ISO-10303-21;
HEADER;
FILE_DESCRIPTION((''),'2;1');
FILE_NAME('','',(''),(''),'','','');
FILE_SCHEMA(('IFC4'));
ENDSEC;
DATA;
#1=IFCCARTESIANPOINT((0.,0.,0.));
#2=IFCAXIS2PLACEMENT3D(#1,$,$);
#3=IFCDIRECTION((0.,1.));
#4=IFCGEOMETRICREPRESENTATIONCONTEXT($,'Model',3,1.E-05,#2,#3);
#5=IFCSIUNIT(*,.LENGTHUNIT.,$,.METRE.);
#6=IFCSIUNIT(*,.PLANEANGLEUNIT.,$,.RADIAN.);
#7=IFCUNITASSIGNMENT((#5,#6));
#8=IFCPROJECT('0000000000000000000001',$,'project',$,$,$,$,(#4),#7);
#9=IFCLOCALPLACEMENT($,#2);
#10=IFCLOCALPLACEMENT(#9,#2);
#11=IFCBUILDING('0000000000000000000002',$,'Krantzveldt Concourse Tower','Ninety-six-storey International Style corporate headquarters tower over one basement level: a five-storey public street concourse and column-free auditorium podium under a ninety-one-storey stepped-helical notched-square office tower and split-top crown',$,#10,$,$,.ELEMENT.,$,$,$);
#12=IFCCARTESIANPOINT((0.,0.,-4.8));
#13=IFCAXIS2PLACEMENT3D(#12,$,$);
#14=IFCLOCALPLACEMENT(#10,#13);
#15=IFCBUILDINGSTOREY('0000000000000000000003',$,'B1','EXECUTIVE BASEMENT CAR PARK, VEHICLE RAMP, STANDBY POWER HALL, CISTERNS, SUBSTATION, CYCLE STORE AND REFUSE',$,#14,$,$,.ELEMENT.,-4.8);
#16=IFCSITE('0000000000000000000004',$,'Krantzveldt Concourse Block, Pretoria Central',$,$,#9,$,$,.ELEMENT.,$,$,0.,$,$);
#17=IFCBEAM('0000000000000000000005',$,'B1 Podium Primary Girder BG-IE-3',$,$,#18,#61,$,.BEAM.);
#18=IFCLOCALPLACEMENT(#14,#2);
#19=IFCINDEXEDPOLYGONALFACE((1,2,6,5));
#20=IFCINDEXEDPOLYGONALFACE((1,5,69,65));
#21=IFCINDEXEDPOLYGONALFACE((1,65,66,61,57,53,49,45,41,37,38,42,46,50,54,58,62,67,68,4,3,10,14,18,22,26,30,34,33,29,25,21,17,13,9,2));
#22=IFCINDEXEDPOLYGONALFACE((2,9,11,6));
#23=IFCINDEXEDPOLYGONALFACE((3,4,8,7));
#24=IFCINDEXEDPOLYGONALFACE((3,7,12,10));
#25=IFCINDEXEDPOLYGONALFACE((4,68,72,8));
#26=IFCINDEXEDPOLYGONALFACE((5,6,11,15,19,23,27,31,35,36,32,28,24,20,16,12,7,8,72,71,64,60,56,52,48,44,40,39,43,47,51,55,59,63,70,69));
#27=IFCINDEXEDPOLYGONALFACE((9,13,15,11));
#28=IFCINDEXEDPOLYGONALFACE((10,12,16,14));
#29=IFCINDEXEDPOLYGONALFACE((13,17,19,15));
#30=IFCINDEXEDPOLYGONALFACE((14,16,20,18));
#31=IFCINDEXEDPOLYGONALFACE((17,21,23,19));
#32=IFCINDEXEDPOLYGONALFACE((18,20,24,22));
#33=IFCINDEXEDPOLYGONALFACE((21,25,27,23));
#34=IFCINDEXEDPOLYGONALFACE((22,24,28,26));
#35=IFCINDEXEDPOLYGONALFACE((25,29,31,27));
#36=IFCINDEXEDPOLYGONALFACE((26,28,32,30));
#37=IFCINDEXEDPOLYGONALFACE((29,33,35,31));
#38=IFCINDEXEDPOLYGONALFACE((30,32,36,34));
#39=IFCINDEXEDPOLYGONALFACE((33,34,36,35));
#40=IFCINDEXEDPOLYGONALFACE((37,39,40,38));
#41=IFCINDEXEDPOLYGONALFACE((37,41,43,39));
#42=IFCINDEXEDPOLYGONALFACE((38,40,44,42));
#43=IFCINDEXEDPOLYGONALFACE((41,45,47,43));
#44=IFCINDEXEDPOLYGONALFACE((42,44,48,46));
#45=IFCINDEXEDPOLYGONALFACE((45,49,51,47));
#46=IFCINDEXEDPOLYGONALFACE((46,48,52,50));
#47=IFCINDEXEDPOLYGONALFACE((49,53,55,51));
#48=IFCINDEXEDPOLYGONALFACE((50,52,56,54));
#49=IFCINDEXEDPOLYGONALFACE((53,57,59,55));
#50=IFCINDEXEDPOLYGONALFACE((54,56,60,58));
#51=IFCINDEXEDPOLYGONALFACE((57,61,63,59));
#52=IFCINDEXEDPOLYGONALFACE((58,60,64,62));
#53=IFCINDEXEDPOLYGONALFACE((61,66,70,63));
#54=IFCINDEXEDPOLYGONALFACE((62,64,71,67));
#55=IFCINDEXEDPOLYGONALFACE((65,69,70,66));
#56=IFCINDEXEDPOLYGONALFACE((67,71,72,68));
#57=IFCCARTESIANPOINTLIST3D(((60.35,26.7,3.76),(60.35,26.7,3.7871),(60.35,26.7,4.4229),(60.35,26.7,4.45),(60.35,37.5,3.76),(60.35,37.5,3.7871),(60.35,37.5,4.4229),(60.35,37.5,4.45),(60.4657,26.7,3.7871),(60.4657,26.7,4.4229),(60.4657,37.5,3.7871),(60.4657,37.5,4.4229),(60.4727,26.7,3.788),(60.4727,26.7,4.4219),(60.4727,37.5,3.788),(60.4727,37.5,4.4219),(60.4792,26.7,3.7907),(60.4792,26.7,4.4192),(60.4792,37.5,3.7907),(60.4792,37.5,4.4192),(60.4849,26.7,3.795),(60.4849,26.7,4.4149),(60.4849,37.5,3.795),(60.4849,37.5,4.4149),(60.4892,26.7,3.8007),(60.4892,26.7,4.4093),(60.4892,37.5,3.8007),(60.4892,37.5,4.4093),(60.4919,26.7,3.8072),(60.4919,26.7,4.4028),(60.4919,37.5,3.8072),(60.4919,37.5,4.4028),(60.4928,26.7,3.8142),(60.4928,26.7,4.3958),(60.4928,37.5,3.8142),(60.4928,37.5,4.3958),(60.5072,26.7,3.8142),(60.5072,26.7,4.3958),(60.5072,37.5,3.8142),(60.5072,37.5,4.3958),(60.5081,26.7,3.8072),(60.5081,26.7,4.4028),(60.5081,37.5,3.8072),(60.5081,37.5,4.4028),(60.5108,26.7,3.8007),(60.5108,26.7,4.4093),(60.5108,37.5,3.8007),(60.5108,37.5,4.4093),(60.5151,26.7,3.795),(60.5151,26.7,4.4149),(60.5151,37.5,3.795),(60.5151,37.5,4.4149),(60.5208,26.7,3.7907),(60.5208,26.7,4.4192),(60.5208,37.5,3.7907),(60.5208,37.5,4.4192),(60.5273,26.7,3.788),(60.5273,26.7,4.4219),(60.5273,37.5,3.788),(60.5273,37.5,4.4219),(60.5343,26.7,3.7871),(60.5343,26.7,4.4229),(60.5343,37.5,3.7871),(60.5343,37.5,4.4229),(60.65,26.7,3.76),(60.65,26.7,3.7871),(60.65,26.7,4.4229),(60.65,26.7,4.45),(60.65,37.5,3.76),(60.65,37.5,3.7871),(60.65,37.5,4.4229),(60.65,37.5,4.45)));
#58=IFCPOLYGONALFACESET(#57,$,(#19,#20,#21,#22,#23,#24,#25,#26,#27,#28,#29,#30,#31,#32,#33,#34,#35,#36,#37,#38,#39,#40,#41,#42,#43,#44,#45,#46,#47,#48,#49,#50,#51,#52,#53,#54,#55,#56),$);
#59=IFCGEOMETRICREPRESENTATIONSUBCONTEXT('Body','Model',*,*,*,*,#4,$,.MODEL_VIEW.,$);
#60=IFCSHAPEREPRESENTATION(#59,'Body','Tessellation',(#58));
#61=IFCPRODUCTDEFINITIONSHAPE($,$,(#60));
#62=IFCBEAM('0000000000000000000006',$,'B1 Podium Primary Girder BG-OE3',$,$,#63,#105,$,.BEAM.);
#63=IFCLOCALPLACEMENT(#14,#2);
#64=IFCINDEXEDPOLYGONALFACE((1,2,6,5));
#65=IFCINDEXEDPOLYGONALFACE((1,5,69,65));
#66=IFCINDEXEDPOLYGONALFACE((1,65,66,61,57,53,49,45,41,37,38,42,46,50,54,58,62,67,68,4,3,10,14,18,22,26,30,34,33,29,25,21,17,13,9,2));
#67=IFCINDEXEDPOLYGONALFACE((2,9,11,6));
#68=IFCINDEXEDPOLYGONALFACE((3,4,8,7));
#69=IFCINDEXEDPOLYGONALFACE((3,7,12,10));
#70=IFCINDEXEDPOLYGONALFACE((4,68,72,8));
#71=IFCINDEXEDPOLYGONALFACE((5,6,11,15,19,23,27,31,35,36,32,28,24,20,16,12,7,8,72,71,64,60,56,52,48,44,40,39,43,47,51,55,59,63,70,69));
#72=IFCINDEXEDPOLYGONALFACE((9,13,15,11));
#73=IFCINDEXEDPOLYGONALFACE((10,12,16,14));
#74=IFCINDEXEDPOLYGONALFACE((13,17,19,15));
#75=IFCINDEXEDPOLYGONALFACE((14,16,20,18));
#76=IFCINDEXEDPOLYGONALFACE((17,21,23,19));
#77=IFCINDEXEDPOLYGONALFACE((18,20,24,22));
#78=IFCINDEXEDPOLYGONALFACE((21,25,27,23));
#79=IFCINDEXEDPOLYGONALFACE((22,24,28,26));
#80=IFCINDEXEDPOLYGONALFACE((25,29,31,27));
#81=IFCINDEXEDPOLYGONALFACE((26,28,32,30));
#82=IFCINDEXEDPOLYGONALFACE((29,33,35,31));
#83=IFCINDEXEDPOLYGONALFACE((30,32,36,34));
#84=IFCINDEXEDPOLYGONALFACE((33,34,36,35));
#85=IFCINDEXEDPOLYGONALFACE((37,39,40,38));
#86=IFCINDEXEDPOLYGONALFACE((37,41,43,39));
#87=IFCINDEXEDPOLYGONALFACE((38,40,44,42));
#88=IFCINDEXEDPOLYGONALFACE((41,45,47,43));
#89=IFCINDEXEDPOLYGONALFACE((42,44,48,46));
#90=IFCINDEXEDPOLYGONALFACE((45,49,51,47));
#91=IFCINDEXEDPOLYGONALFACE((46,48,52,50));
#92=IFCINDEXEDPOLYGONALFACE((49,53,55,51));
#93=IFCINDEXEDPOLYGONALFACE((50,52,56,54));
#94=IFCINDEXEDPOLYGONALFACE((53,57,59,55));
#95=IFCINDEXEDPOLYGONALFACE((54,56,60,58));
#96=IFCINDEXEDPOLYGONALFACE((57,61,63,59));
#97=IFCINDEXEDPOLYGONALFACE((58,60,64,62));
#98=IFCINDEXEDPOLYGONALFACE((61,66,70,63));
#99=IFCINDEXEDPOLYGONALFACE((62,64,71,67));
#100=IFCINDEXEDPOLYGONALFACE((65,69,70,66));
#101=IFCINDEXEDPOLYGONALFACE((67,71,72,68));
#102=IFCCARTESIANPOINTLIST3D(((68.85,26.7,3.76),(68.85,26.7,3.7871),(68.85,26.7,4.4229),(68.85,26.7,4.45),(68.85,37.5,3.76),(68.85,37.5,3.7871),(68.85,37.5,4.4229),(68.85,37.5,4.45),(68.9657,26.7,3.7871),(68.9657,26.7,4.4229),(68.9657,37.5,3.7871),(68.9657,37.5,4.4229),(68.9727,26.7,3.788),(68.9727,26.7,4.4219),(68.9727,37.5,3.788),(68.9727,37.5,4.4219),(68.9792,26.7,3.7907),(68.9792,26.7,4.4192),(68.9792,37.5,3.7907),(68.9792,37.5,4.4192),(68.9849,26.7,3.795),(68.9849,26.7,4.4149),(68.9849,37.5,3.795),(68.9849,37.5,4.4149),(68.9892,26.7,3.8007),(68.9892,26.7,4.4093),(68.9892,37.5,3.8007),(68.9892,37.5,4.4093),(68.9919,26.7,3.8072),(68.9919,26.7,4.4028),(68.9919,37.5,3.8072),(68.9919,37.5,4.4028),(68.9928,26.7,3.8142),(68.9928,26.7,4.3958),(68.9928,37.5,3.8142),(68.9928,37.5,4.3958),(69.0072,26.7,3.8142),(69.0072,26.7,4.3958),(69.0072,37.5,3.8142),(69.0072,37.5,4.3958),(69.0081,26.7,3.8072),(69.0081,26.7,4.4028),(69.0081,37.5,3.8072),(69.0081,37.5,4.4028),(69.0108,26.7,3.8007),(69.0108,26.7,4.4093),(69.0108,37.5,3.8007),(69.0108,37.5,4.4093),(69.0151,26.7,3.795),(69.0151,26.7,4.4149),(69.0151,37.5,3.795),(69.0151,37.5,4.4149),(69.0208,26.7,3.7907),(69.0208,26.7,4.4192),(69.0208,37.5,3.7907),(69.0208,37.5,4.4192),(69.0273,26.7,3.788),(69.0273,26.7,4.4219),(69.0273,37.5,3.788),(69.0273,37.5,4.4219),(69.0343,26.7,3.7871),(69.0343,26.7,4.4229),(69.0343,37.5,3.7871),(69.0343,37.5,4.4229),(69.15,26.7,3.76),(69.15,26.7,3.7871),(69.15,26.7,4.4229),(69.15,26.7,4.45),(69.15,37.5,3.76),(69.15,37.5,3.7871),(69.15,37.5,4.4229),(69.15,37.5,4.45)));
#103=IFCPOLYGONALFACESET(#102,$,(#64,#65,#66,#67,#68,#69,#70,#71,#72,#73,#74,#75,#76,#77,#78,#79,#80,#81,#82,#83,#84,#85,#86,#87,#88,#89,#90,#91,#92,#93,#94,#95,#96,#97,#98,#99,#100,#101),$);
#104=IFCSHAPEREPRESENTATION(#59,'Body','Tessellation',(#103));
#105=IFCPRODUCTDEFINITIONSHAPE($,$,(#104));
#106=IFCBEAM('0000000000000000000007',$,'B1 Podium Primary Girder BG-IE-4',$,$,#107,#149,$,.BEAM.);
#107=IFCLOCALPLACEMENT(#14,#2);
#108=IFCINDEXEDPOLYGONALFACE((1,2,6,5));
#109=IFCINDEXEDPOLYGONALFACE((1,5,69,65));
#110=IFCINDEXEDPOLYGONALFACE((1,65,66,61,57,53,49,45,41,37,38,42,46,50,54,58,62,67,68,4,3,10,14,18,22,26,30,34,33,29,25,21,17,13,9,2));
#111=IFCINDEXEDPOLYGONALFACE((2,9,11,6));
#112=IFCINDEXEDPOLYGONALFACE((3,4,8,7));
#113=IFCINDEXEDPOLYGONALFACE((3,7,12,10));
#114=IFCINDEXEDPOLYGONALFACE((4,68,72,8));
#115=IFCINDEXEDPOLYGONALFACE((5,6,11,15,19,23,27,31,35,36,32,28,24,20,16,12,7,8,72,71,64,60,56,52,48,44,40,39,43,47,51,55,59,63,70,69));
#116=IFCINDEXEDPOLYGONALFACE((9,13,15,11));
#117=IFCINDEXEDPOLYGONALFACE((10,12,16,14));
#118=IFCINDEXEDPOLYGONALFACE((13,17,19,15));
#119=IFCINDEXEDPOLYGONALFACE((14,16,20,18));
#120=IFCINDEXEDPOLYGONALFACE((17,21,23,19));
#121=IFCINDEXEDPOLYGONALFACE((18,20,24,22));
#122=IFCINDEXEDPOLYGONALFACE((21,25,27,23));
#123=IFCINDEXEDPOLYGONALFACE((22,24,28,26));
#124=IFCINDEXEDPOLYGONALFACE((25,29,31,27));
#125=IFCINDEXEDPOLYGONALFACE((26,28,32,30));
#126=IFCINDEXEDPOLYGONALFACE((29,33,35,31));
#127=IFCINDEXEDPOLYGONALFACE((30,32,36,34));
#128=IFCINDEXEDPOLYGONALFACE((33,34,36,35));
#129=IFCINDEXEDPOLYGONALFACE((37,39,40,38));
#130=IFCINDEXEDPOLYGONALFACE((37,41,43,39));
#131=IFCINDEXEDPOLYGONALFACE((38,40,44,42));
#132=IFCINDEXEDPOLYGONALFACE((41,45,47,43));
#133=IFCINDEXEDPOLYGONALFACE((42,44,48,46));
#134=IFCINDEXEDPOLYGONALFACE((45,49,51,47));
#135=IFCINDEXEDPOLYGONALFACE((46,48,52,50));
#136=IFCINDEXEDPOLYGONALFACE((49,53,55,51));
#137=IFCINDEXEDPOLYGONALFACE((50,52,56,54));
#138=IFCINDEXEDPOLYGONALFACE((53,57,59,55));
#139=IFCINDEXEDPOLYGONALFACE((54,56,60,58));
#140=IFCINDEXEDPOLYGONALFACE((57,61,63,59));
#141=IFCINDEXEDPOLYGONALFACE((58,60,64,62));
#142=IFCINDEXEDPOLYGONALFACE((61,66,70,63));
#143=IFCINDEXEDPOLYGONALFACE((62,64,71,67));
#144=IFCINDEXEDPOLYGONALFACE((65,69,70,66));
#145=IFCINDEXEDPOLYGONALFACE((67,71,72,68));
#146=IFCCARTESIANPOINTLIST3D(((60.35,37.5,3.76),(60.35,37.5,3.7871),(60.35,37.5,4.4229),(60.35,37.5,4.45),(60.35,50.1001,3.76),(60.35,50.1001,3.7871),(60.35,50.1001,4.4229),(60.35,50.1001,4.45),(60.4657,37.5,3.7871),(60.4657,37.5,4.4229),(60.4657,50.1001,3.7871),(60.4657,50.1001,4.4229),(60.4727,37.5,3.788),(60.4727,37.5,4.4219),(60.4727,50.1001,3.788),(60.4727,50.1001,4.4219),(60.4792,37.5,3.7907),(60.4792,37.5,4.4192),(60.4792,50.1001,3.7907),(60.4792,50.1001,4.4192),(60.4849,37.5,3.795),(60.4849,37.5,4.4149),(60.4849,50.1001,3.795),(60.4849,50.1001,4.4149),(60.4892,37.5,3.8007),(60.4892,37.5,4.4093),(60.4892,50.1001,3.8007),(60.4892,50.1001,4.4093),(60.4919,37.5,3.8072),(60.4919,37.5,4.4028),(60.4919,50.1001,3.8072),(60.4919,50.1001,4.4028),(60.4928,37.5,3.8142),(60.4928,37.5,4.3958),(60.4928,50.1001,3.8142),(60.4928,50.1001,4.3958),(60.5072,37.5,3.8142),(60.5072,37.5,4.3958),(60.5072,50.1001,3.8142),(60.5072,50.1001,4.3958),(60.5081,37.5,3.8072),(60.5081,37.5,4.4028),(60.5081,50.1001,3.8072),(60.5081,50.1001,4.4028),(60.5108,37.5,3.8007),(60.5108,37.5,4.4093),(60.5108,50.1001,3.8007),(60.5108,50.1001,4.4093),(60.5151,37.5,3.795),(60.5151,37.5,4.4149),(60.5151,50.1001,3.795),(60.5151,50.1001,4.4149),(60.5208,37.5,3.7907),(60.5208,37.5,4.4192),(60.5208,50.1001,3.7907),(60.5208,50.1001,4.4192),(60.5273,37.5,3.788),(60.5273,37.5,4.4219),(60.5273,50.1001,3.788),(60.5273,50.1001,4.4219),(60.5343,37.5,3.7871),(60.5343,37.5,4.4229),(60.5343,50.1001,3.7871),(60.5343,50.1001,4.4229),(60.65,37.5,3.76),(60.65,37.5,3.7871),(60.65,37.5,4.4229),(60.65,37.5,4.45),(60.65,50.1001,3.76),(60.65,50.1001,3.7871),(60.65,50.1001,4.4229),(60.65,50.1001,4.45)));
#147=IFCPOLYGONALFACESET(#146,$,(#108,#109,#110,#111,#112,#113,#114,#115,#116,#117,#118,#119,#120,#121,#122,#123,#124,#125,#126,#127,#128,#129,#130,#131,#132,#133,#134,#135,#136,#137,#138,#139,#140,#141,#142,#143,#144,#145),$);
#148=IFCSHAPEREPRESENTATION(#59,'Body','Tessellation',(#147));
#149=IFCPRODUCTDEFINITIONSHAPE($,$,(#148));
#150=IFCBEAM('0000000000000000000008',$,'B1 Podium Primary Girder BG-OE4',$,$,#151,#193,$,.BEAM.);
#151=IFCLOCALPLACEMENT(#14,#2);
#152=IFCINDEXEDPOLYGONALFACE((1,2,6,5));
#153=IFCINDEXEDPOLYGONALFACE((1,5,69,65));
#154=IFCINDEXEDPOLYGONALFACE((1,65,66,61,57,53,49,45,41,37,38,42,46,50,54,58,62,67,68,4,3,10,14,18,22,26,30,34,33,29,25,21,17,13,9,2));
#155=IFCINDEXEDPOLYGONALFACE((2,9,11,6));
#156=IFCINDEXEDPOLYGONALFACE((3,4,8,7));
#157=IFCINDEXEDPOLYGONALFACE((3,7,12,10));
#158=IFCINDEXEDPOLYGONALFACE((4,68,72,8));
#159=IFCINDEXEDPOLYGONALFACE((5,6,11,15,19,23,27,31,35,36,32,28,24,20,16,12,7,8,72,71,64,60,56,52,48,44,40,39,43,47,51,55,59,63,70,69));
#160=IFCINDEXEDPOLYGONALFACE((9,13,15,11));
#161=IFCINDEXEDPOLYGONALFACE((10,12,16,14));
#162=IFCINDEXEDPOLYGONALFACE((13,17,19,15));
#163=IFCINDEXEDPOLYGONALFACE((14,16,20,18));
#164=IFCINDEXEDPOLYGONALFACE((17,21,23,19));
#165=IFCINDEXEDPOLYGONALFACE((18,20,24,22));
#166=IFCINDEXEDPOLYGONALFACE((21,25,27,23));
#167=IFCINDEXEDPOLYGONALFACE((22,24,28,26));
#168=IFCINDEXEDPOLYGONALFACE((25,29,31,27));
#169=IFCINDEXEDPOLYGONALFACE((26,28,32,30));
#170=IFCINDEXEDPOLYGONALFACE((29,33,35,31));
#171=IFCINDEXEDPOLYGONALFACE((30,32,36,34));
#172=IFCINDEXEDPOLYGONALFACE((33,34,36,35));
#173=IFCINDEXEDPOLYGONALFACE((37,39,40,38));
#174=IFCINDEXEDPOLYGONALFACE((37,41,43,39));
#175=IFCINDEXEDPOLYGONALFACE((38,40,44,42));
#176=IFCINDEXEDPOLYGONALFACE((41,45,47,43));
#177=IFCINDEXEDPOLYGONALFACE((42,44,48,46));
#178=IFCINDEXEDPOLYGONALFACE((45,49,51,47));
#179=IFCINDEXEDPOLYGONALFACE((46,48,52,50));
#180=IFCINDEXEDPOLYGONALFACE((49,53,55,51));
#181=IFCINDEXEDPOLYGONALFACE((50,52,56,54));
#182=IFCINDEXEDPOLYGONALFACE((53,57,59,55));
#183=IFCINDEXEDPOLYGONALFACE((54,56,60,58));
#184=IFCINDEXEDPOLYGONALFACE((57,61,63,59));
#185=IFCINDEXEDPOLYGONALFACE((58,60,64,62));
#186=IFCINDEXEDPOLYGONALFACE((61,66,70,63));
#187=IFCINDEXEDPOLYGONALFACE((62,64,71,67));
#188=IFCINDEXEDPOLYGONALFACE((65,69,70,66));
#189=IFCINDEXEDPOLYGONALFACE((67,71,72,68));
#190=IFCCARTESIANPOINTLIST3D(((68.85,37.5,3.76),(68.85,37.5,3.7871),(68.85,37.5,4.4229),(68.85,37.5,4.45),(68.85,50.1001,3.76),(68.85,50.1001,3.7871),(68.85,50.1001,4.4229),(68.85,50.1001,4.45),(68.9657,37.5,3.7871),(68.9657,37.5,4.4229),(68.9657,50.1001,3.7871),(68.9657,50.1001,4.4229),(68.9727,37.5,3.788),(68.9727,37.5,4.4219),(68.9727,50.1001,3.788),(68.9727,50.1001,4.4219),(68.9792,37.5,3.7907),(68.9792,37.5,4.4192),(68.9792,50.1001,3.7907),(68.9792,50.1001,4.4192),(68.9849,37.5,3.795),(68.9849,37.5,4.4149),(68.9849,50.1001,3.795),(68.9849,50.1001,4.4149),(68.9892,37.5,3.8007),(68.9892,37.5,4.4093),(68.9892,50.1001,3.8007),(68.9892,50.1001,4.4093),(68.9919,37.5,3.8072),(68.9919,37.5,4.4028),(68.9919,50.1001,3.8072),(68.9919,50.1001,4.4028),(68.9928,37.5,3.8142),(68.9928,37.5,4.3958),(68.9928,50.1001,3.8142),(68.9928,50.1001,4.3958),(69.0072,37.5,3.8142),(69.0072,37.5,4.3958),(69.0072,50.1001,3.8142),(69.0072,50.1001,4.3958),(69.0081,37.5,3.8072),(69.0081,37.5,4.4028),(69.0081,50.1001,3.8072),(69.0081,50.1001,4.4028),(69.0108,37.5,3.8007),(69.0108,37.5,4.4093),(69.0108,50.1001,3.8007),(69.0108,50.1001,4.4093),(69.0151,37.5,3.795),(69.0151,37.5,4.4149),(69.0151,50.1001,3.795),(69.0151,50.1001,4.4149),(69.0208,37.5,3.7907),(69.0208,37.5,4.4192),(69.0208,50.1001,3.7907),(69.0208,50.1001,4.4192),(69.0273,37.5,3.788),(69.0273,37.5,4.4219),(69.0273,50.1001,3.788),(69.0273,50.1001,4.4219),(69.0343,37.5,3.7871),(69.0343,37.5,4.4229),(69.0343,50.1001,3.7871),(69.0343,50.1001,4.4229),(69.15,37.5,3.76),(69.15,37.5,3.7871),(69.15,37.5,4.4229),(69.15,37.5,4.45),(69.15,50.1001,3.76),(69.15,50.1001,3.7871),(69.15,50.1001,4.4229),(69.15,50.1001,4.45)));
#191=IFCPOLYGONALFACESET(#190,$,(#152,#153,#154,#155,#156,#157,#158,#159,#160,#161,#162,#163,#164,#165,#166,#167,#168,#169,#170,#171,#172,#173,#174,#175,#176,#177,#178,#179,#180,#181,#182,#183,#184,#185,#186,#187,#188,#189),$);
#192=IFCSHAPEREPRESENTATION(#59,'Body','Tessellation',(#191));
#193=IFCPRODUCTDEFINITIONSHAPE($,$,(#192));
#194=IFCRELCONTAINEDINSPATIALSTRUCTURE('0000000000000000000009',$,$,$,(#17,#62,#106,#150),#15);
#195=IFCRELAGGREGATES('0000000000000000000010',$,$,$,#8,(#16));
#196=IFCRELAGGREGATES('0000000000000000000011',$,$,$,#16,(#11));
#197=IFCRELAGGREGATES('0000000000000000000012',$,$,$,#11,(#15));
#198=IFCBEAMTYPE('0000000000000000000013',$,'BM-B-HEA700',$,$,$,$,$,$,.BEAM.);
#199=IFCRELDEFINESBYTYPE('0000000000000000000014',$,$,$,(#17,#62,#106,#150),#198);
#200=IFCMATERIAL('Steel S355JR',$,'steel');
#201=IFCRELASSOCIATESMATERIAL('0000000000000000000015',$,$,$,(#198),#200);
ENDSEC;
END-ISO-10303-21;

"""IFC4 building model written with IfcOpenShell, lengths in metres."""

from ifc_helpers import new_model, si_unit, direction, frame, origin, origin_2d, place, context, subcontext, project, spatial, i_section, extrude, source, transform, mapped, material, material_profile, profile_set, type_object, type_shapes, element, save


model = new_model("IFC4")

# Units and contexts
model_context = context("Model", 3, precision=1e-05, world=origin(), true_north=direction((0.0, 1.0)))
body_context = subcontext(model_context, "Body", "Model", "MODEL_VIEW")
ifc_project = project(units=[si_unit("LENGTHUNIT", "METRE"), si_unit("PLANEANGLEUNIT", "RADIAN")], contexts=[model_context])

# Site, building, storey
site_placement = place(None, origin())
site = spatial("IfcSite", under=ifc_project, at=site_placement, Name="Krantzveldt Concourse Block, Pretoria Central", CompositionType="ELEMENT", RefElevation=0.0)
building_placement = place(site_placement, origin())
building = spatial("IfcBuilding", under=site, at=building_placement, Name="Krantzveldt Concourse Tower", Description="Ninety-six-storey International Style corporate headquarters tower over one basement level: a five-storey public street concourse and column-free auditorium podium under a ninety-one-storey stepped-helical notched-square office tower and split-top crown", CompositionType="ELEMENT")
storey_placement = place(building_placement, frame((0.0, 0.0, -4.8)))
storey = spatial("IfcBuildingStorey", under=building, at=storey_placement, Name="B1", Description="EXECUTIVE BASEMENT CAR PARK, VEHICLE RAMP, STANDBY POWER HALL, CISTERNS, SUBSTATION, CYCLE STORE AND REFUSE", CompositionType="ELEMENT", Elevation=-4.8)

# Beams
ifc_material_1 = material(Name="Steel S355JR", Category="steel")
ifc_material_profile_1 = material_profile(ifc_material_1, i_section(OverallWidth=0.3, OverallDepth=0.6899, WebThickness=0.0144, FlangeThickness=0.0271, FilletRadius=0.0271, at=origin_2d()), Name="Steel S355JR", Category="steel")
ifc_profile_set_1 = profile_set([ifc_material_profile_1], Name="Steel S355JR - HEA 700")
beam_type_1 = type_object("IfcBeamType", Name="BM-B-HEA700", PredefinedType="BEAM", material=ifc_profile_set_1)
shared_shape_1 = source(origin(), body_context, "Body", "SweptSolid", [
    extrude(i_section(OverallWidth=0.3, OverallDepth=0.6899, WebThickness=0.0144, FlangeThickness=0.0271, FilletRadius=0.0271, at=origin_2d()), origin(), (0.0, 0.0, 1.0), 10.8),
])
for number, where, z_axis, x_axis, name in (
    (1, (60.5, 26.7, 4.105), (0.0, 1.0, 0.0), (-1.0, 0.0, 0.0), "B1 Podium Primary Girder BG-IE-3"),
    (2, (69.0, 26.7, 4.105), (0.0, 1.0, 0.0), (-1.0, 0.0, 0.0), "B1 Podium Primary Girder BG-OE3"),
):
    element("IfcBeam", number, at=place(storey_placement, frame(where, z_axis=z_axis, x_axis=x_axis)), inside=storey, type_object=beam_type_1, Name=name, PredefinedType="BEAM", context=body_context, shape_type="MappedRepresentation", body=[
        mapped(shared_shape_1, transform((0.0, 0.0, 0.0), x_axis=(1.0, 0.0, 0.0), y_axis=(0.0, 1.0, 0.0), z_axis=(0.0, 0.0, 1.0), scale=1.0)),
    ])
shared_shape_2 = source(origin(), body_context, "Body", "SweptSolid", [
    extrude(i_section(OverallWidth=0.3, OverallDepth=0.6899, WebThickness=0.0144, FlangeThickness=0.0271, FilletRadius=0.0271, at=origin_2d()), origin(), (0.0, 0.0, 1.0), 12.6001),
])
type_shapes(beam_type_1, [shared_shape_1, shared_shape_2])
for number, where, z_axis, x_axis, name in (
    (3, (60.5, 37.5, 4.105), (0.0, 1.0, 0.0), (-1.0, 0.0, 0.0), "B1 Podium Primary Girder BG-IE-4"),
    (4, (69.0, 37.5, 4.105), (0.0, 1.0, 0.0), (-1.0, 0.0, 0.0), "B1 Podium Primary Girder BG-OE4"),
):
    element("IfcBeam", number, at=place(storey_placement, frame(where, z_axis=z_axis, x_axis=x_axis)), inside=storey, type_object=beam_type_1, Name=name, PredefinedType="BEAM", context=body_context, shape_type="MappedRepresentation", body=[
        mapped(shared_shape_2, transform((0.0, 0.0, 0.0), x_axis=(1.0, 0.0, 0.0), y_axis=(0.0, 1.0, 0.0), z_axis=(0.0, 0.0, 1.0), scale=1.0)),
    ])

save(model, "model.ifc")
